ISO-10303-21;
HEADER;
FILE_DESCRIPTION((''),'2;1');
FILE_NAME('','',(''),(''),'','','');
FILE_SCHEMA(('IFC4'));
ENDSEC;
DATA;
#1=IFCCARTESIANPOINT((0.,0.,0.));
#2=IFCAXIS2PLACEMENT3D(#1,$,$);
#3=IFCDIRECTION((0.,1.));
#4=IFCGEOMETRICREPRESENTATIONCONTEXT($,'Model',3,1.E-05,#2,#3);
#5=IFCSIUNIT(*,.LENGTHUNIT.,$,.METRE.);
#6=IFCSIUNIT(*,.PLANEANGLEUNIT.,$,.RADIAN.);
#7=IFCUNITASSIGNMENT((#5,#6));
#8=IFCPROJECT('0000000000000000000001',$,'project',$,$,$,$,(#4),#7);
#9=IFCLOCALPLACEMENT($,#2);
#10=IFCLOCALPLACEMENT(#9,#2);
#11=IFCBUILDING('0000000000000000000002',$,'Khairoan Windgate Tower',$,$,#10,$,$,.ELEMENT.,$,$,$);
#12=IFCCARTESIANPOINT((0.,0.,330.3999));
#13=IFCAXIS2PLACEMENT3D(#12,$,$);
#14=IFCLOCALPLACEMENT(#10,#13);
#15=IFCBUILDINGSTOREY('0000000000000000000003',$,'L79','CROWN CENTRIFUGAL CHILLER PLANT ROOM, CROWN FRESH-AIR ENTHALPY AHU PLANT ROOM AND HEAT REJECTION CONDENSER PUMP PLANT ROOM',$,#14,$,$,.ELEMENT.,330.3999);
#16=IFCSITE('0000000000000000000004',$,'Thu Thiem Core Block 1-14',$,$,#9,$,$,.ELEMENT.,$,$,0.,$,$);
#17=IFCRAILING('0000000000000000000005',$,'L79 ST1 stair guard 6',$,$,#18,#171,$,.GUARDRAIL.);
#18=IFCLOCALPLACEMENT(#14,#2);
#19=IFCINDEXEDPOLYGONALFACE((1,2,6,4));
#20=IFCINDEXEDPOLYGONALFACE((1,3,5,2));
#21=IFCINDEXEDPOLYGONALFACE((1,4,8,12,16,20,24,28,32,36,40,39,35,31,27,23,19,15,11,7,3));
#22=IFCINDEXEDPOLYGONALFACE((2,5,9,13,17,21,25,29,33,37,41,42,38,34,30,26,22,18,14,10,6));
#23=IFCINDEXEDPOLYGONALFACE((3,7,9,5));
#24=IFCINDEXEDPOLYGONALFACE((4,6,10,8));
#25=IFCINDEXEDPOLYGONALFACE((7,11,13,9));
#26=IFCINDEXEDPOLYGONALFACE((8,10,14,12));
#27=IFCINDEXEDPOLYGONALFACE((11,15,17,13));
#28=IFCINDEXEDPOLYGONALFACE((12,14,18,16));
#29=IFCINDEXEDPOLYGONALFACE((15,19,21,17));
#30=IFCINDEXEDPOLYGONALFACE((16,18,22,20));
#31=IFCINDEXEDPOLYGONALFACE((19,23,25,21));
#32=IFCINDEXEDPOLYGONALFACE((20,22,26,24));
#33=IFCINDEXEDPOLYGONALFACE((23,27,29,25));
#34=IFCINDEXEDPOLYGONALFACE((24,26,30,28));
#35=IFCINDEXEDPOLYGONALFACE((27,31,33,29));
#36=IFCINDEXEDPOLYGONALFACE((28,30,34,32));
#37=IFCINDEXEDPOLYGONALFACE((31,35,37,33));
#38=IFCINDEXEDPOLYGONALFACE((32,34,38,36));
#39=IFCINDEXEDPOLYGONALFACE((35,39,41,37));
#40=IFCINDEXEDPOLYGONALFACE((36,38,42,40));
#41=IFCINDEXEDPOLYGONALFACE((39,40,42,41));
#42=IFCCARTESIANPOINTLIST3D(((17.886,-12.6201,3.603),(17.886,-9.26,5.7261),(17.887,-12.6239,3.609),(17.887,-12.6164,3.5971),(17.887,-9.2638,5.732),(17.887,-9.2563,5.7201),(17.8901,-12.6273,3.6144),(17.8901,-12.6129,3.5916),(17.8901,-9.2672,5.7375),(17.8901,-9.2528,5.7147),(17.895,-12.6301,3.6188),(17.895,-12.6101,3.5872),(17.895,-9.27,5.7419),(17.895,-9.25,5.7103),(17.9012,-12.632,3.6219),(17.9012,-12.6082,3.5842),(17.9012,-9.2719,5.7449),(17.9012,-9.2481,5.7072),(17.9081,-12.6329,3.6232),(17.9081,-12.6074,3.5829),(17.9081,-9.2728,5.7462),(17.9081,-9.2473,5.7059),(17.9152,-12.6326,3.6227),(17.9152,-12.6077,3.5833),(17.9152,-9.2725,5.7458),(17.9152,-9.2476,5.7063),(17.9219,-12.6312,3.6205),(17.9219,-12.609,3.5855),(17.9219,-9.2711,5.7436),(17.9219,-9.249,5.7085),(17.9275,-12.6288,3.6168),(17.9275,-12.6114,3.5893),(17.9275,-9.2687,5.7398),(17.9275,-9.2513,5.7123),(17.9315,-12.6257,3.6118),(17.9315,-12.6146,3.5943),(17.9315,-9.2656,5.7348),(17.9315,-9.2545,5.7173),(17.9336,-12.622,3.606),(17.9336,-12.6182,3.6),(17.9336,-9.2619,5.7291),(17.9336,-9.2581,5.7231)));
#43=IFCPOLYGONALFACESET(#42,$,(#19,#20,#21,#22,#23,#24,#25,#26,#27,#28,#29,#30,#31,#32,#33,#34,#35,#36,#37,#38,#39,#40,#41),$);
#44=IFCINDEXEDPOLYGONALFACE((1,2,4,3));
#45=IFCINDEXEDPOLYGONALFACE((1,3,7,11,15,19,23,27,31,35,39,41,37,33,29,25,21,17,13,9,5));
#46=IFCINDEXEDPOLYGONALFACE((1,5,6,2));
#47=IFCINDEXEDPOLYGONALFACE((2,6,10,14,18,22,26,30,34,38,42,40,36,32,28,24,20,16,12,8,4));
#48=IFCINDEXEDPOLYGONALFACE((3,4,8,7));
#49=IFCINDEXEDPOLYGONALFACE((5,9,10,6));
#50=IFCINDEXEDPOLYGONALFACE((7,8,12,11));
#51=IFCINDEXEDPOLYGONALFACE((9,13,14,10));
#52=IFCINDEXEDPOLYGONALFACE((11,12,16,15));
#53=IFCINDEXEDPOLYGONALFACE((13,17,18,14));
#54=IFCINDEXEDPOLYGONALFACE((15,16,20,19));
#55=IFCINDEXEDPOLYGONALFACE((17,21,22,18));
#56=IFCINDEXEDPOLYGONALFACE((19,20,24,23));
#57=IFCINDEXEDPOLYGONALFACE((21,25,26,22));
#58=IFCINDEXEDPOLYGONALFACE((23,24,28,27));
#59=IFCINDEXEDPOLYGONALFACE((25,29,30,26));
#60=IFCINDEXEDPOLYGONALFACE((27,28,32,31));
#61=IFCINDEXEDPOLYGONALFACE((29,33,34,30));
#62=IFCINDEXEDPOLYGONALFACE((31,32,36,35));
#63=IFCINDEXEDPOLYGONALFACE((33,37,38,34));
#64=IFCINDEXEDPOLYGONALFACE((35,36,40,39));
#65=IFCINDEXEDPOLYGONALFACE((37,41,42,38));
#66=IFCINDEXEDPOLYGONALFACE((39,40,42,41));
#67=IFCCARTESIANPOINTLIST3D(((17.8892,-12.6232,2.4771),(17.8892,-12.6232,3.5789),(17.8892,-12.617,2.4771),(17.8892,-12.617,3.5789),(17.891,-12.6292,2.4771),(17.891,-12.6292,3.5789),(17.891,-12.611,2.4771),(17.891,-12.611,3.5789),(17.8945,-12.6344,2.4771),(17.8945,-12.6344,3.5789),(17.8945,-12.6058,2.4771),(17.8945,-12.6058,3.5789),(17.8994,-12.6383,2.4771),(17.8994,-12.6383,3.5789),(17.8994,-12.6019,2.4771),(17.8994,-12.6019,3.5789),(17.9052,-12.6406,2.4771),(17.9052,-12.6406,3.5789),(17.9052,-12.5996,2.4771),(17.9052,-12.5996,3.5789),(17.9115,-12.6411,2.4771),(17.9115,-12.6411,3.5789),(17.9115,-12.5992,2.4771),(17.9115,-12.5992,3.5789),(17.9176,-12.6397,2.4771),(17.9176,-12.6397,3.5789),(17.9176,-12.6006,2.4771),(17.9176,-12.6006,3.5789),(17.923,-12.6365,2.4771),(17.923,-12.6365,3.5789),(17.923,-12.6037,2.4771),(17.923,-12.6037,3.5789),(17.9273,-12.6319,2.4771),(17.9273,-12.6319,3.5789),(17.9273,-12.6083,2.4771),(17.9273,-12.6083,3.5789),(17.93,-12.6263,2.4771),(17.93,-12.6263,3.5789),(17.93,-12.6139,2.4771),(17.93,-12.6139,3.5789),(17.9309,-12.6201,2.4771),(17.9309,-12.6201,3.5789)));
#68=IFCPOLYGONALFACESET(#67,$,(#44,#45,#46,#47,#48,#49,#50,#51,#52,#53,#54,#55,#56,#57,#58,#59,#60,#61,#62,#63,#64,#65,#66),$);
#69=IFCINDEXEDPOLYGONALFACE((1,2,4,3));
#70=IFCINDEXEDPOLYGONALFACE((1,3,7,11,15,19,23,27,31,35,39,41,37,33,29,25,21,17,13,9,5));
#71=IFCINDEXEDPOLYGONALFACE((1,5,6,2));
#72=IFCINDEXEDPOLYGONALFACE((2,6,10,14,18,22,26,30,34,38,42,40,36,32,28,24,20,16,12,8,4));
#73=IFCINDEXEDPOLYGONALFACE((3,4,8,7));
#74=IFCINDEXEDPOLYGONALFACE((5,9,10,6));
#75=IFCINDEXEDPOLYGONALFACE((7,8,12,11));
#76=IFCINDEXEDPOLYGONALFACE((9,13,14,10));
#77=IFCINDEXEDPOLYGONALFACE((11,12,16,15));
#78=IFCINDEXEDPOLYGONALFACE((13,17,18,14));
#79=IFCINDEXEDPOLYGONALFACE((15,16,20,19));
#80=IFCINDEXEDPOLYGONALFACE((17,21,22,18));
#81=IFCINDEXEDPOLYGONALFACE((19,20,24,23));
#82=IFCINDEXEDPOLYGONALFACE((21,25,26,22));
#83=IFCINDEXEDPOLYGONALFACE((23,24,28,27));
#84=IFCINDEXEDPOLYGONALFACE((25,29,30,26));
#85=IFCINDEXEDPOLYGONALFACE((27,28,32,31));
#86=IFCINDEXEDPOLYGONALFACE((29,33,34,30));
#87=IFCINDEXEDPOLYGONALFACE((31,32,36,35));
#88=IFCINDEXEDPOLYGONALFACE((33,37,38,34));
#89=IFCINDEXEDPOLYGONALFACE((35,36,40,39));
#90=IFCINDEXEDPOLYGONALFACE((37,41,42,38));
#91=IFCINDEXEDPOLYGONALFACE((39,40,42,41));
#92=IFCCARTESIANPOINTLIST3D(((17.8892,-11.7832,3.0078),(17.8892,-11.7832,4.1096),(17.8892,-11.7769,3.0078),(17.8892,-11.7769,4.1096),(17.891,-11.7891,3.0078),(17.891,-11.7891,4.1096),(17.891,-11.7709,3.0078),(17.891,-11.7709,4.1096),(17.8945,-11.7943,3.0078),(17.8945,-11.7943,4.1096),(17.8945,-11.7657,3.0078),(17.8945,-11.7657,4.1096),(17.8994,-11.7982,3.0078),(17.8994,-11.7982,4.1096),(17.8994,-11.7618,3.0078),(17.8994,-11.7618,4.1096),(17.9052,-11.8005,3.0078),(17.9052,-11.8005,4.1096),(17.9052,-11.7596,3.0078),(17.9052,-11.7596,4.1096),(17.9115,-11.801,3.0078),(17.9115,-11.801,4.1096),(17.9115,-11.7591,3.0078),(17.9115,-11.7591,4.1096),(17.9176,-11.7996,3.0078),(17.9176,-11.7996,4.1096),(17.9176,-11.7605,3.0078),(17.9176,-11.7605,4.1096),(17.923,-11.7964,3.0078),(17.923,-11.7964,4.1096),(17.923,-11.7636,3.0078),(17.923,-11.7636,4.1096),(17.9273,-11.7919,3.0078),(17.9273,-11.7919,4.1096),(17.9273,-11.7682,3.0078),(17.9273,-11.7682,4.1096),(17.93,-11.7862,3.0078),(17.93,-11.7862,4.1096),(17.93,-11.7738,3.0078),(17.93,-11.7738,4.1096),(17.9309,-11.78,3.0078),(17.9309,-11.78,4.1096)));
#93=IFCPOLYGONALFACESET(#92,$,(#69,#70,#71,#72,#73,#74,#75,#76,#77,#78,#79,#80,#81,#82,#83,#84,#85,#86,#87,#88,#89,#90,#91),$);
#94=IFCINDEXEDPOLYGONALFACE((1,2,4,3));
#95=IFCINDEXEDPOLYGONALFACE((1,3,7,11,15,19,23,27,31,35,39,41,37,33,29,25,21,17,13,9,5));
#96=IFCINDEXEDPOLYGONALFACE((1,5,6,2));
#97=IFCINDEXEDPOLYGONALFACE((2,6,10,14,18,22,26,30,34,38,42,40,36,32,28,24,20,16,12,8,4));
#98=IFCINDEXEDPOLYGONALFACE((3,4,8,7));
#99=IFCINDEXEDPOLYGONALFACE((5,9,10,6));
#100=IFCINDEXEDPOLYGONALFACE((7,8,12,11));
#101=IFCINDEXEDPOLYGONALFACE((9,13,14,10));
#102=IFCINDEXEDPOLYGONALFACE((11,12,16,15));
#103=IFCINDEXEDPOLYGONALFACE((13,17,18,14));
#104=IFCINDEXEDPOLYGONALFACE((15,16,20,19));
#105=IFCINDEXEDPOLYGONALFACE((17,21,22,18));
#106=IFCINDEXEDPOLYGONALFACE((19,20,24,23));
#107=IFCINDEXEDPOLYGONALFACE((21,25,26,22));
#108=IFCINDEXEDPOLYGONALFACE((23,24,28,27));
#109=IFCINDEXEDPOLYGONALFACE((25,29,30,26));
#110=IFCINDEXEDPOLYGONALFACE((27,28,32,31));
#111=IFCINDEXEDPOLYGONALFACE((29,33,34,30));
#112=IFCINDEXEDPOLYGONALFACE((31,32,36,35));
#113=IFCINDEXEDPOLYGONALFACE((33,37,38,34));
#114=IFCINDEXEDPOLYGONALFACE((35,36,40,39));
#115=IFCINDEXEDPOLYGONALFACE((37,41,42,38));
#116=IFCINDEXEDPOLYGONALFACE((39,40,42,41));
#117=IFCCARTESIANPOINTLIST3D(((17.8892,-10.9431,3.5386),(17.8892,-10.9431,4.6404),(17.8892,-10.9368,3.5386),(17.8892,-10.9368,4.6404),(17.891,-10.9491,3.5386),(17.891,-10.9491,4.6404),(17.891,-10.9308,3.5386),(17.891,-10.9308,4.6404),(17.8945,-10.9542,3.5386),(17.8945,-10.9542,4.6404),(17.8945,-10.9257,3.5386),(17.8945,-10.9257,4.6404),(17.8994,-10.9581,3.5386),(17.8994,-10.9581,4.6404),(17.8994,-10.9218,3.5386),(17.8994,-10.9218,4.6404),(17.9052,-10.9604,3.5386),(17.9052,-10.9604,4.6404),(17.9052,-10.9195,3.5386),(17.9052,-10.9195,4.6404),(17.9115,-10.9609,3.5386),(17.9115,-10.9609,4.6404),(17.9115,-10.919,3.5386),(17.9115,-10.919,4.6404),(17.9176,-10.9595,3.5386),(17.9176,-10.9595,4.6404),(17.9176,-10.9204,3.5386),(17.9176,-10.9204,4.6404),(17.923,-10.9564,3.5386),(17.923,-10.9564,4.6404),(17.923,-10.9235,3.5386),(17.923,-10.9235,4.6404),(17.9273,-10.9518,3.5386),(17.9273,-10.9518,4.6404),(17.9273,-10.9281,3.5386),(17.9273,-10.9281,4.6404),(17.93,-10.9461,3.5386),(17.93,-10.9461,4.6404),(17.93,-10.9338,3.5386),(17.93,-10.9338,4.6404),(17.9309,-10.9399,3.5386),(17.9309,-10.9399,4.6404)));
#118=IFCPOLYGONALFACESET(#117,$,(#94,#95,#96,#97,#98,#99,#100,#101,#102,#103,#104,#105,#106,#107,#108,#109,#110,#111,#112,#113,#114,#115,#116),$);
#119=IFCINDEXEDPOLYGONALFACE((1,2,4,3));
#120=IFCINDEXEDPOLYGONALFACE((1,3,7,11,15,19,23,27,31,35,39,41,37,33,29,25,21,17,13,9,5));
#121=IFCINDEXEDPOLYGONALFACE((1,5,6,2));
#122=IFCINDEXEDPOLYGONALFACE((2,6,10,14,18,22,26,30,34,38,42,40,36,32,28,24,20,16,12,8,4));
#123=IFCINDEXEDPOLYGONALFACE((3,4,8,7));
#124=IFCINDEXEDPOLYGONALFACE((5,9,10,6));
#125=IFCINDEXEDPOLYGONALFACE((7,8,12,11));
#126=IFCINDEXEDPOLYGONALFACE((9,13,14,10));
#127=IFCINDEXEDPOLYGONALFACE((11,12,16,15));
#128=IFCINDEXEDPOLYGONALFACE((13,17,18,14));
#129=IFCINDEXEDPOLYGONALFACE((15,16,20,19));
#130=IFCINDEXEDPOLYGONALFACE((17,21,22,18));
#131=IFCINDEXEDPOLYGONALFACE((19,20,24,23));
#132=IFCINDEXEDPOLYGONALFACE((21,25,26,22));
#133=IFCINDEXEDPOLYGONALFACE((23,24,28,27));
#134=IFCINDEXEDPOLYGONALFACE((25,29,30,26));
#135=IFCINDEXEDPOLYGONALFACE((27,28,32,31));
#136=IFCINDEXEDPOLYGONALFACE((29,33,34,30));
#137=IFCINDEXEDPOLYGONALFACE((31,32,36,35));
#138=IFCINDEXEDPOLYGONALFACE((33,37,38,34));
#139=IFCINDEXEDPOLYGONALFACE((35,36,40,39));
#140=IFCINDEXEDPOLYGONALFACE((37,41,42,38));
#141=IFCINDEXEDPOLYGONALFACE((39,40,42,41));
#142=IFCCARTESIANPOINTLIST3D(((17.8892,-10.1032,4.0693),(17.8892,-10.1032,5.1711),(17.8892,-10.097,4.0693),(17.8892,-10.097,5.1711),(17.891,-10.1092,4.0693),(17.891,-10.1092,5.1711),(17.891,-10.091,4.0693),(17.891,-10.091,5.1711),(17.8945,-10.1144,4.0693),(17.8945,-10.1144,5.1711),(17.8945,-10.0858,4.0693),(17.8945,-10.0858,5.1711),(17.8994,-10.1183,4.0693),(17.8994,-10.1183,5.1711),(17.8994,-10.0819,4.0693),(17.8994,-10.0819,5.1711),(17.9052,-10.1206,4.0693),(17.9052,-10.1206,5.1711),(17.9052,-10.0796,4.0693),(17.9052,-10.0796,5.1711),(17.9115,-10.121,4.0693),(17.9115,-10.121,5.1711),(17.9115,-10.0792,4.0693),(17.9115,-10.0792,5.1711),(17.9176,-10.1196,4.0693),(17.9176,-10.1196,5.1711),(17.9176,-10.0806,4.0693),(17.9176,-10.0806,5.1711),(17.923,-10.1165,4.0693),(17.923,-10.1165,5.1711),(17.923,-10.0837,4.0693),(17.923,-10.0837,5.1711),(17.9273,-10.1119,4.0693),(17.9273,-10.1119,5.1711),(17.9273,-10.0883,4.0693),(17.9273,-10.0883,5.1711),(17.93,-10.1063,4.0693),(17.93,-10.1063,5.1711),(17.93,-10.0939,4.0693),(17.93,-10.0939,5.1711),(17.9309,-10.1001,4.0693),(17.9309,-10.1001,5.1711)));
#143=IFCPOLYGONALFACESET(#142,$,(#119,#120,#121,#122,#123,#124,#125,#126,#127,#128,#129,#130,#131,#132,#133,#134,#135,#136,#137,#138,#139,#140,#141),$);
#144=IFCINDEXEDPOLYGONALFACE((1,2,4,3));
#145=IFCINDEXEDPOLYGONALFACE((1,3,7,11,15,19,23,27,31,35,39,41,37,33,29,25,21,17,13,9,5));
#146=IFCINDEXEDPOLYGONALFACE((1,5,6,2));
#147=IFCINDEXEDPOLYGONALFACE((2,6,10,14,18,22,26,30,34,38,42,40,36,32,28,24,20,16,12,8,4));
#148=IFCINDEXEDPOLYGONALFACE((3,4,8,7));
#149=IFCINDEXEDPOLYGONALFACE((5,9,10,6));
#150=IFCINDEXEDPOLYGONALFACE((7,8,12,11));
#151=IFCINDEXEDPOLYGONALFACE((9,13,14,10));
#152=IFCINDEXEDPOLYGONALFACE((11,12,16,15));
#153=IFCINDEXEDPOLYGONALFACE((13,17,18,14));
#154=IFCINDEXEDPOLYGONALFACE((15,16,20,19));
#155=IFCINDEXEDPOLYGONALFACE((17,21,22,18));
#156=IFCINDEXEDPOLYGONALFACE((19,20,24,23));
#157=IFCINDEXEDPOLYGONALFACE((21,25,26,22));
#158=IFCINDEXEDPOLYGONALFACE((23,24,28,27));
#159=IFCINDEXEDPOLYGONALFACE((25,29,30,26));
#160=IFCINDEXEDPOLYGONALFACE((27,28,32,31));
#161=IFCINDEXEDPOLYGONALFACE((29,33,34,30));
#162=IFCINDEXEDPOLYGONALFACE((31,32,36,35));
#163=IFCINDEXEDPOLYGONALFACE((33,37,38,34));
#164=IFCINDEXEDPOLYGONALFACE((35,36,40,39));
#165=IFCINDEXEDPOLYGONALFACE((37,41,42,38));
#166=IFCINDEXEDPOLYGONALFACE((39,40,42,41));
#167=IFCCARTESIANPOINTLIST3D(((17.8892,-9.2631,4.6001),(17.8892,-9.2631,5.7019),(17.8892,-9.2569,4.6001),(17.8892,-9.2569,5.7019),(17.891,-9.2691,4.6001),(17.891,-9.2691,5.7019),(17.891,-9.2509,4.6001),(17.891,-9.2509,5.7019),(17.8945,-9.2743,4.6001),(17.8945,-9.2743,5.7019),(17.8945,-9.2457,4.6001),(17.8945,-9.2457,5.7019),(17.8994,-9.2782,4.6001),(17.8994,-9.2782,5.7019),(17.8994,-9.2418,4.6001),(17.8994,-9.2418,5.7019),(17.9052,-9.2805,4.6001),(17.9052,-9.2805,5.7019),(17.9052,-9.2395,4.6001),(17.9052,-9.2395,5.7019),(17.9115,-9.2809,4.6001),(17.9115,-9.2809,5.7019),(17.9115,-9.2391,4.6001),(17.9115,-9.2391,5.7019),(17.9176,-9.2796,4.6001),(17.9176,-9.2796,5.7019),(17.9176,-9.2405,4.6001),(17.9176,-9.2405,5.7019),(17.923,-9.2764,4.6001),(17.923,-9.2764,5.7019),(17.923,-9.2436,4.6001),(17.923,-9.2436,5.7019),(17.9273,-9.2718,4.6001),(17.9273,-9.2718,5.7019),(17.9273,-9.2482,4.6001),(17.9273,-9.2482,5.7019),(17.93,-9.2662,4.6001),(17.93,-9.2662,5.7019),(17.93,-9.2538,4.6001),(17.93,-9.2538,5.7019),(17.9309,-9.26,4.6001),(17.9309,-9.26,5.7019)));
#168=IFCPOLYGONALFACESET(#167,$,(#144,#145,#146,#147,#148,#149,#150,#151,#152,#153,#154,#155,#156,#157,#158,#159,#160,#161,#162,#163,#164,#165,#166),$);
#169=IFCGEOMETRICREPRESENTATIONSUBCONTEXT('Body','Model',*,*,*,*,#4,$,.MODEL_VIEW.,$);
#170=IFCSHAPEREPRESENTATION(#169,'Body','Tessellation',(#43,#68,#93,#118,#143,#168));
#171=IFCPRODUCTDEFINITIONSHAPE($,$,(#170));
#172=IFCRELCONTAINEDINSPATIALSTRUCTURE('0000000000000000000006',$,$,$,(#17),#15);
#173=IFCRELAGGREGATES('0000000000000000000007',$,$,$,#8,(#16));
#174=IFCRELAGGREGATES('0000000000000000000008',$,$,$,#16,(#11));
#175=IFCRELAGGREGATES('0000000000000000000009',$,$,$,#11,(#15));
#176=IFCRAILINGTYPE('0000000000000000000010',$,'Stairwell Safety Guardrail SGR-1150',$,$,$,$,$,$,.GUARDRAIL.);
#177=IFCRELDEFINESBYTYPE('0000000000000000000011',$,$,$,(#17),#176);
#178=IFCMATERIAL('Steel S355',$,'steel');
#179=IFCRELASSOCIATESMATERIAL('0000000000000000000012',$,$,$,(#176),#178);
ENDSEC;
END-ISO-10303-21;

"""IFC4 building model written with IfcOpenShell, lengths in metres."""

from ifc_helpers import new_model, si_unit, direction, frame, origin, origin_2d, place, context, subcontext, project, spatial, circle, extrude, material, type_object, element, save


model = new_model("IFC4")

# Units and contexts
model_context = context("Model", 3, precision=1e-05, world=origin(), true_north=direction((0.0, 1.0)))
body_context = subcontext(model_context, "Body", "Model", "MODEL_VIEW")
ifc_project = project(units=[si_unit("LENGTHUNIT", "METRE"), si_unit("PLANEANGLEUNIT", "RADIAN")], contexts=[model_context])

# Site, building, storey
site_placement = place(None, origin())
site = spatial("IfcSite", under=ifc_project, at=site_placement, Name="Thu Thiem Core Block 1-14", CompositionType="ELEMENT", RefElevation=0.0)
building_placement = place(site_placement, origin())
building = spatial("IfcBuilding", under=site, at=building_placement, Name="Khairoan Windgate Tower", CompositionType="ELEMENT")
storey_placement = place(building_placement, frame((0.0, 0.0, 330.3999)))
storey = spatial("IfcBuildingStorey", under=building, at=storey_placement, Name="L79", Description="CROWN CENTRIFUGAL CHILLER PLANT ROOM, CROWN FRESH-AIR ENTHALPY AHU PLANT ROOM AND HEAT REJECTION CONDENSER PUMP PLANT ROOM", CompositionType="ELEMENT", Elevation=330.3999)

# Railing
ifc_material_1 = material(Name="Steel S355", Category="steel")
railing_type_1 = type_object("IfcRailingType", Name="Stairwell Safety Guardrail SGR-1150", PredefinedType="GUARDRAIL", material=ifc_material_1)
railing_1_placement = place(storey_placement, frame((17.9099, -12.6201, 2.4771)))
element("IfcRailing", 1, at=railing_1_placement, inside=storey, type_object=railing_type_1, Name="L79 ST1 stair guard 6", PredefinedType="GUARDRAIL", context=body_context, shape_type="SweptSolid", body=[
    extrude(circle(Radius=0.0239, at=origin_2d()), frame((0.0, 0.0, 1.126), z_axis=(0.0, 0.84539, 0.53415), x_axis=(-1.0, 0.0, 0.0)), (0.0, 0.0, 1.0), 3.9746),
    extrude(circle(Radius=0.021, at=origin_2d()), origin(), (0.0, 0.0, 1.0), 1.1018),
    extrude(circle(Radius=0.021, at=origin_2d()), frame((0.0, 0.8401, 0.5308)), (0.0, 0.0, 1.0), 1.1018),
    extrude(circle(Radius=0.021, at=origin_2d()), frame((0.0, 1.6802, 1.0615)), (0.0, 0.0, 1.0), 1.1018),
    extrude(circle(Radius=0.021, at=origin_2d()), frame((0.0, 2.52, 1.5923)), (0.0, 0.0, 1.0), 1.1018),
    extrude(circle(Radius=0.021, at=origin_2d()), frame((0.0, 3.3601, 2.123)), (0.0, 0.0, 1.0), 1.1018),
])

save(model, "model.ifc")
